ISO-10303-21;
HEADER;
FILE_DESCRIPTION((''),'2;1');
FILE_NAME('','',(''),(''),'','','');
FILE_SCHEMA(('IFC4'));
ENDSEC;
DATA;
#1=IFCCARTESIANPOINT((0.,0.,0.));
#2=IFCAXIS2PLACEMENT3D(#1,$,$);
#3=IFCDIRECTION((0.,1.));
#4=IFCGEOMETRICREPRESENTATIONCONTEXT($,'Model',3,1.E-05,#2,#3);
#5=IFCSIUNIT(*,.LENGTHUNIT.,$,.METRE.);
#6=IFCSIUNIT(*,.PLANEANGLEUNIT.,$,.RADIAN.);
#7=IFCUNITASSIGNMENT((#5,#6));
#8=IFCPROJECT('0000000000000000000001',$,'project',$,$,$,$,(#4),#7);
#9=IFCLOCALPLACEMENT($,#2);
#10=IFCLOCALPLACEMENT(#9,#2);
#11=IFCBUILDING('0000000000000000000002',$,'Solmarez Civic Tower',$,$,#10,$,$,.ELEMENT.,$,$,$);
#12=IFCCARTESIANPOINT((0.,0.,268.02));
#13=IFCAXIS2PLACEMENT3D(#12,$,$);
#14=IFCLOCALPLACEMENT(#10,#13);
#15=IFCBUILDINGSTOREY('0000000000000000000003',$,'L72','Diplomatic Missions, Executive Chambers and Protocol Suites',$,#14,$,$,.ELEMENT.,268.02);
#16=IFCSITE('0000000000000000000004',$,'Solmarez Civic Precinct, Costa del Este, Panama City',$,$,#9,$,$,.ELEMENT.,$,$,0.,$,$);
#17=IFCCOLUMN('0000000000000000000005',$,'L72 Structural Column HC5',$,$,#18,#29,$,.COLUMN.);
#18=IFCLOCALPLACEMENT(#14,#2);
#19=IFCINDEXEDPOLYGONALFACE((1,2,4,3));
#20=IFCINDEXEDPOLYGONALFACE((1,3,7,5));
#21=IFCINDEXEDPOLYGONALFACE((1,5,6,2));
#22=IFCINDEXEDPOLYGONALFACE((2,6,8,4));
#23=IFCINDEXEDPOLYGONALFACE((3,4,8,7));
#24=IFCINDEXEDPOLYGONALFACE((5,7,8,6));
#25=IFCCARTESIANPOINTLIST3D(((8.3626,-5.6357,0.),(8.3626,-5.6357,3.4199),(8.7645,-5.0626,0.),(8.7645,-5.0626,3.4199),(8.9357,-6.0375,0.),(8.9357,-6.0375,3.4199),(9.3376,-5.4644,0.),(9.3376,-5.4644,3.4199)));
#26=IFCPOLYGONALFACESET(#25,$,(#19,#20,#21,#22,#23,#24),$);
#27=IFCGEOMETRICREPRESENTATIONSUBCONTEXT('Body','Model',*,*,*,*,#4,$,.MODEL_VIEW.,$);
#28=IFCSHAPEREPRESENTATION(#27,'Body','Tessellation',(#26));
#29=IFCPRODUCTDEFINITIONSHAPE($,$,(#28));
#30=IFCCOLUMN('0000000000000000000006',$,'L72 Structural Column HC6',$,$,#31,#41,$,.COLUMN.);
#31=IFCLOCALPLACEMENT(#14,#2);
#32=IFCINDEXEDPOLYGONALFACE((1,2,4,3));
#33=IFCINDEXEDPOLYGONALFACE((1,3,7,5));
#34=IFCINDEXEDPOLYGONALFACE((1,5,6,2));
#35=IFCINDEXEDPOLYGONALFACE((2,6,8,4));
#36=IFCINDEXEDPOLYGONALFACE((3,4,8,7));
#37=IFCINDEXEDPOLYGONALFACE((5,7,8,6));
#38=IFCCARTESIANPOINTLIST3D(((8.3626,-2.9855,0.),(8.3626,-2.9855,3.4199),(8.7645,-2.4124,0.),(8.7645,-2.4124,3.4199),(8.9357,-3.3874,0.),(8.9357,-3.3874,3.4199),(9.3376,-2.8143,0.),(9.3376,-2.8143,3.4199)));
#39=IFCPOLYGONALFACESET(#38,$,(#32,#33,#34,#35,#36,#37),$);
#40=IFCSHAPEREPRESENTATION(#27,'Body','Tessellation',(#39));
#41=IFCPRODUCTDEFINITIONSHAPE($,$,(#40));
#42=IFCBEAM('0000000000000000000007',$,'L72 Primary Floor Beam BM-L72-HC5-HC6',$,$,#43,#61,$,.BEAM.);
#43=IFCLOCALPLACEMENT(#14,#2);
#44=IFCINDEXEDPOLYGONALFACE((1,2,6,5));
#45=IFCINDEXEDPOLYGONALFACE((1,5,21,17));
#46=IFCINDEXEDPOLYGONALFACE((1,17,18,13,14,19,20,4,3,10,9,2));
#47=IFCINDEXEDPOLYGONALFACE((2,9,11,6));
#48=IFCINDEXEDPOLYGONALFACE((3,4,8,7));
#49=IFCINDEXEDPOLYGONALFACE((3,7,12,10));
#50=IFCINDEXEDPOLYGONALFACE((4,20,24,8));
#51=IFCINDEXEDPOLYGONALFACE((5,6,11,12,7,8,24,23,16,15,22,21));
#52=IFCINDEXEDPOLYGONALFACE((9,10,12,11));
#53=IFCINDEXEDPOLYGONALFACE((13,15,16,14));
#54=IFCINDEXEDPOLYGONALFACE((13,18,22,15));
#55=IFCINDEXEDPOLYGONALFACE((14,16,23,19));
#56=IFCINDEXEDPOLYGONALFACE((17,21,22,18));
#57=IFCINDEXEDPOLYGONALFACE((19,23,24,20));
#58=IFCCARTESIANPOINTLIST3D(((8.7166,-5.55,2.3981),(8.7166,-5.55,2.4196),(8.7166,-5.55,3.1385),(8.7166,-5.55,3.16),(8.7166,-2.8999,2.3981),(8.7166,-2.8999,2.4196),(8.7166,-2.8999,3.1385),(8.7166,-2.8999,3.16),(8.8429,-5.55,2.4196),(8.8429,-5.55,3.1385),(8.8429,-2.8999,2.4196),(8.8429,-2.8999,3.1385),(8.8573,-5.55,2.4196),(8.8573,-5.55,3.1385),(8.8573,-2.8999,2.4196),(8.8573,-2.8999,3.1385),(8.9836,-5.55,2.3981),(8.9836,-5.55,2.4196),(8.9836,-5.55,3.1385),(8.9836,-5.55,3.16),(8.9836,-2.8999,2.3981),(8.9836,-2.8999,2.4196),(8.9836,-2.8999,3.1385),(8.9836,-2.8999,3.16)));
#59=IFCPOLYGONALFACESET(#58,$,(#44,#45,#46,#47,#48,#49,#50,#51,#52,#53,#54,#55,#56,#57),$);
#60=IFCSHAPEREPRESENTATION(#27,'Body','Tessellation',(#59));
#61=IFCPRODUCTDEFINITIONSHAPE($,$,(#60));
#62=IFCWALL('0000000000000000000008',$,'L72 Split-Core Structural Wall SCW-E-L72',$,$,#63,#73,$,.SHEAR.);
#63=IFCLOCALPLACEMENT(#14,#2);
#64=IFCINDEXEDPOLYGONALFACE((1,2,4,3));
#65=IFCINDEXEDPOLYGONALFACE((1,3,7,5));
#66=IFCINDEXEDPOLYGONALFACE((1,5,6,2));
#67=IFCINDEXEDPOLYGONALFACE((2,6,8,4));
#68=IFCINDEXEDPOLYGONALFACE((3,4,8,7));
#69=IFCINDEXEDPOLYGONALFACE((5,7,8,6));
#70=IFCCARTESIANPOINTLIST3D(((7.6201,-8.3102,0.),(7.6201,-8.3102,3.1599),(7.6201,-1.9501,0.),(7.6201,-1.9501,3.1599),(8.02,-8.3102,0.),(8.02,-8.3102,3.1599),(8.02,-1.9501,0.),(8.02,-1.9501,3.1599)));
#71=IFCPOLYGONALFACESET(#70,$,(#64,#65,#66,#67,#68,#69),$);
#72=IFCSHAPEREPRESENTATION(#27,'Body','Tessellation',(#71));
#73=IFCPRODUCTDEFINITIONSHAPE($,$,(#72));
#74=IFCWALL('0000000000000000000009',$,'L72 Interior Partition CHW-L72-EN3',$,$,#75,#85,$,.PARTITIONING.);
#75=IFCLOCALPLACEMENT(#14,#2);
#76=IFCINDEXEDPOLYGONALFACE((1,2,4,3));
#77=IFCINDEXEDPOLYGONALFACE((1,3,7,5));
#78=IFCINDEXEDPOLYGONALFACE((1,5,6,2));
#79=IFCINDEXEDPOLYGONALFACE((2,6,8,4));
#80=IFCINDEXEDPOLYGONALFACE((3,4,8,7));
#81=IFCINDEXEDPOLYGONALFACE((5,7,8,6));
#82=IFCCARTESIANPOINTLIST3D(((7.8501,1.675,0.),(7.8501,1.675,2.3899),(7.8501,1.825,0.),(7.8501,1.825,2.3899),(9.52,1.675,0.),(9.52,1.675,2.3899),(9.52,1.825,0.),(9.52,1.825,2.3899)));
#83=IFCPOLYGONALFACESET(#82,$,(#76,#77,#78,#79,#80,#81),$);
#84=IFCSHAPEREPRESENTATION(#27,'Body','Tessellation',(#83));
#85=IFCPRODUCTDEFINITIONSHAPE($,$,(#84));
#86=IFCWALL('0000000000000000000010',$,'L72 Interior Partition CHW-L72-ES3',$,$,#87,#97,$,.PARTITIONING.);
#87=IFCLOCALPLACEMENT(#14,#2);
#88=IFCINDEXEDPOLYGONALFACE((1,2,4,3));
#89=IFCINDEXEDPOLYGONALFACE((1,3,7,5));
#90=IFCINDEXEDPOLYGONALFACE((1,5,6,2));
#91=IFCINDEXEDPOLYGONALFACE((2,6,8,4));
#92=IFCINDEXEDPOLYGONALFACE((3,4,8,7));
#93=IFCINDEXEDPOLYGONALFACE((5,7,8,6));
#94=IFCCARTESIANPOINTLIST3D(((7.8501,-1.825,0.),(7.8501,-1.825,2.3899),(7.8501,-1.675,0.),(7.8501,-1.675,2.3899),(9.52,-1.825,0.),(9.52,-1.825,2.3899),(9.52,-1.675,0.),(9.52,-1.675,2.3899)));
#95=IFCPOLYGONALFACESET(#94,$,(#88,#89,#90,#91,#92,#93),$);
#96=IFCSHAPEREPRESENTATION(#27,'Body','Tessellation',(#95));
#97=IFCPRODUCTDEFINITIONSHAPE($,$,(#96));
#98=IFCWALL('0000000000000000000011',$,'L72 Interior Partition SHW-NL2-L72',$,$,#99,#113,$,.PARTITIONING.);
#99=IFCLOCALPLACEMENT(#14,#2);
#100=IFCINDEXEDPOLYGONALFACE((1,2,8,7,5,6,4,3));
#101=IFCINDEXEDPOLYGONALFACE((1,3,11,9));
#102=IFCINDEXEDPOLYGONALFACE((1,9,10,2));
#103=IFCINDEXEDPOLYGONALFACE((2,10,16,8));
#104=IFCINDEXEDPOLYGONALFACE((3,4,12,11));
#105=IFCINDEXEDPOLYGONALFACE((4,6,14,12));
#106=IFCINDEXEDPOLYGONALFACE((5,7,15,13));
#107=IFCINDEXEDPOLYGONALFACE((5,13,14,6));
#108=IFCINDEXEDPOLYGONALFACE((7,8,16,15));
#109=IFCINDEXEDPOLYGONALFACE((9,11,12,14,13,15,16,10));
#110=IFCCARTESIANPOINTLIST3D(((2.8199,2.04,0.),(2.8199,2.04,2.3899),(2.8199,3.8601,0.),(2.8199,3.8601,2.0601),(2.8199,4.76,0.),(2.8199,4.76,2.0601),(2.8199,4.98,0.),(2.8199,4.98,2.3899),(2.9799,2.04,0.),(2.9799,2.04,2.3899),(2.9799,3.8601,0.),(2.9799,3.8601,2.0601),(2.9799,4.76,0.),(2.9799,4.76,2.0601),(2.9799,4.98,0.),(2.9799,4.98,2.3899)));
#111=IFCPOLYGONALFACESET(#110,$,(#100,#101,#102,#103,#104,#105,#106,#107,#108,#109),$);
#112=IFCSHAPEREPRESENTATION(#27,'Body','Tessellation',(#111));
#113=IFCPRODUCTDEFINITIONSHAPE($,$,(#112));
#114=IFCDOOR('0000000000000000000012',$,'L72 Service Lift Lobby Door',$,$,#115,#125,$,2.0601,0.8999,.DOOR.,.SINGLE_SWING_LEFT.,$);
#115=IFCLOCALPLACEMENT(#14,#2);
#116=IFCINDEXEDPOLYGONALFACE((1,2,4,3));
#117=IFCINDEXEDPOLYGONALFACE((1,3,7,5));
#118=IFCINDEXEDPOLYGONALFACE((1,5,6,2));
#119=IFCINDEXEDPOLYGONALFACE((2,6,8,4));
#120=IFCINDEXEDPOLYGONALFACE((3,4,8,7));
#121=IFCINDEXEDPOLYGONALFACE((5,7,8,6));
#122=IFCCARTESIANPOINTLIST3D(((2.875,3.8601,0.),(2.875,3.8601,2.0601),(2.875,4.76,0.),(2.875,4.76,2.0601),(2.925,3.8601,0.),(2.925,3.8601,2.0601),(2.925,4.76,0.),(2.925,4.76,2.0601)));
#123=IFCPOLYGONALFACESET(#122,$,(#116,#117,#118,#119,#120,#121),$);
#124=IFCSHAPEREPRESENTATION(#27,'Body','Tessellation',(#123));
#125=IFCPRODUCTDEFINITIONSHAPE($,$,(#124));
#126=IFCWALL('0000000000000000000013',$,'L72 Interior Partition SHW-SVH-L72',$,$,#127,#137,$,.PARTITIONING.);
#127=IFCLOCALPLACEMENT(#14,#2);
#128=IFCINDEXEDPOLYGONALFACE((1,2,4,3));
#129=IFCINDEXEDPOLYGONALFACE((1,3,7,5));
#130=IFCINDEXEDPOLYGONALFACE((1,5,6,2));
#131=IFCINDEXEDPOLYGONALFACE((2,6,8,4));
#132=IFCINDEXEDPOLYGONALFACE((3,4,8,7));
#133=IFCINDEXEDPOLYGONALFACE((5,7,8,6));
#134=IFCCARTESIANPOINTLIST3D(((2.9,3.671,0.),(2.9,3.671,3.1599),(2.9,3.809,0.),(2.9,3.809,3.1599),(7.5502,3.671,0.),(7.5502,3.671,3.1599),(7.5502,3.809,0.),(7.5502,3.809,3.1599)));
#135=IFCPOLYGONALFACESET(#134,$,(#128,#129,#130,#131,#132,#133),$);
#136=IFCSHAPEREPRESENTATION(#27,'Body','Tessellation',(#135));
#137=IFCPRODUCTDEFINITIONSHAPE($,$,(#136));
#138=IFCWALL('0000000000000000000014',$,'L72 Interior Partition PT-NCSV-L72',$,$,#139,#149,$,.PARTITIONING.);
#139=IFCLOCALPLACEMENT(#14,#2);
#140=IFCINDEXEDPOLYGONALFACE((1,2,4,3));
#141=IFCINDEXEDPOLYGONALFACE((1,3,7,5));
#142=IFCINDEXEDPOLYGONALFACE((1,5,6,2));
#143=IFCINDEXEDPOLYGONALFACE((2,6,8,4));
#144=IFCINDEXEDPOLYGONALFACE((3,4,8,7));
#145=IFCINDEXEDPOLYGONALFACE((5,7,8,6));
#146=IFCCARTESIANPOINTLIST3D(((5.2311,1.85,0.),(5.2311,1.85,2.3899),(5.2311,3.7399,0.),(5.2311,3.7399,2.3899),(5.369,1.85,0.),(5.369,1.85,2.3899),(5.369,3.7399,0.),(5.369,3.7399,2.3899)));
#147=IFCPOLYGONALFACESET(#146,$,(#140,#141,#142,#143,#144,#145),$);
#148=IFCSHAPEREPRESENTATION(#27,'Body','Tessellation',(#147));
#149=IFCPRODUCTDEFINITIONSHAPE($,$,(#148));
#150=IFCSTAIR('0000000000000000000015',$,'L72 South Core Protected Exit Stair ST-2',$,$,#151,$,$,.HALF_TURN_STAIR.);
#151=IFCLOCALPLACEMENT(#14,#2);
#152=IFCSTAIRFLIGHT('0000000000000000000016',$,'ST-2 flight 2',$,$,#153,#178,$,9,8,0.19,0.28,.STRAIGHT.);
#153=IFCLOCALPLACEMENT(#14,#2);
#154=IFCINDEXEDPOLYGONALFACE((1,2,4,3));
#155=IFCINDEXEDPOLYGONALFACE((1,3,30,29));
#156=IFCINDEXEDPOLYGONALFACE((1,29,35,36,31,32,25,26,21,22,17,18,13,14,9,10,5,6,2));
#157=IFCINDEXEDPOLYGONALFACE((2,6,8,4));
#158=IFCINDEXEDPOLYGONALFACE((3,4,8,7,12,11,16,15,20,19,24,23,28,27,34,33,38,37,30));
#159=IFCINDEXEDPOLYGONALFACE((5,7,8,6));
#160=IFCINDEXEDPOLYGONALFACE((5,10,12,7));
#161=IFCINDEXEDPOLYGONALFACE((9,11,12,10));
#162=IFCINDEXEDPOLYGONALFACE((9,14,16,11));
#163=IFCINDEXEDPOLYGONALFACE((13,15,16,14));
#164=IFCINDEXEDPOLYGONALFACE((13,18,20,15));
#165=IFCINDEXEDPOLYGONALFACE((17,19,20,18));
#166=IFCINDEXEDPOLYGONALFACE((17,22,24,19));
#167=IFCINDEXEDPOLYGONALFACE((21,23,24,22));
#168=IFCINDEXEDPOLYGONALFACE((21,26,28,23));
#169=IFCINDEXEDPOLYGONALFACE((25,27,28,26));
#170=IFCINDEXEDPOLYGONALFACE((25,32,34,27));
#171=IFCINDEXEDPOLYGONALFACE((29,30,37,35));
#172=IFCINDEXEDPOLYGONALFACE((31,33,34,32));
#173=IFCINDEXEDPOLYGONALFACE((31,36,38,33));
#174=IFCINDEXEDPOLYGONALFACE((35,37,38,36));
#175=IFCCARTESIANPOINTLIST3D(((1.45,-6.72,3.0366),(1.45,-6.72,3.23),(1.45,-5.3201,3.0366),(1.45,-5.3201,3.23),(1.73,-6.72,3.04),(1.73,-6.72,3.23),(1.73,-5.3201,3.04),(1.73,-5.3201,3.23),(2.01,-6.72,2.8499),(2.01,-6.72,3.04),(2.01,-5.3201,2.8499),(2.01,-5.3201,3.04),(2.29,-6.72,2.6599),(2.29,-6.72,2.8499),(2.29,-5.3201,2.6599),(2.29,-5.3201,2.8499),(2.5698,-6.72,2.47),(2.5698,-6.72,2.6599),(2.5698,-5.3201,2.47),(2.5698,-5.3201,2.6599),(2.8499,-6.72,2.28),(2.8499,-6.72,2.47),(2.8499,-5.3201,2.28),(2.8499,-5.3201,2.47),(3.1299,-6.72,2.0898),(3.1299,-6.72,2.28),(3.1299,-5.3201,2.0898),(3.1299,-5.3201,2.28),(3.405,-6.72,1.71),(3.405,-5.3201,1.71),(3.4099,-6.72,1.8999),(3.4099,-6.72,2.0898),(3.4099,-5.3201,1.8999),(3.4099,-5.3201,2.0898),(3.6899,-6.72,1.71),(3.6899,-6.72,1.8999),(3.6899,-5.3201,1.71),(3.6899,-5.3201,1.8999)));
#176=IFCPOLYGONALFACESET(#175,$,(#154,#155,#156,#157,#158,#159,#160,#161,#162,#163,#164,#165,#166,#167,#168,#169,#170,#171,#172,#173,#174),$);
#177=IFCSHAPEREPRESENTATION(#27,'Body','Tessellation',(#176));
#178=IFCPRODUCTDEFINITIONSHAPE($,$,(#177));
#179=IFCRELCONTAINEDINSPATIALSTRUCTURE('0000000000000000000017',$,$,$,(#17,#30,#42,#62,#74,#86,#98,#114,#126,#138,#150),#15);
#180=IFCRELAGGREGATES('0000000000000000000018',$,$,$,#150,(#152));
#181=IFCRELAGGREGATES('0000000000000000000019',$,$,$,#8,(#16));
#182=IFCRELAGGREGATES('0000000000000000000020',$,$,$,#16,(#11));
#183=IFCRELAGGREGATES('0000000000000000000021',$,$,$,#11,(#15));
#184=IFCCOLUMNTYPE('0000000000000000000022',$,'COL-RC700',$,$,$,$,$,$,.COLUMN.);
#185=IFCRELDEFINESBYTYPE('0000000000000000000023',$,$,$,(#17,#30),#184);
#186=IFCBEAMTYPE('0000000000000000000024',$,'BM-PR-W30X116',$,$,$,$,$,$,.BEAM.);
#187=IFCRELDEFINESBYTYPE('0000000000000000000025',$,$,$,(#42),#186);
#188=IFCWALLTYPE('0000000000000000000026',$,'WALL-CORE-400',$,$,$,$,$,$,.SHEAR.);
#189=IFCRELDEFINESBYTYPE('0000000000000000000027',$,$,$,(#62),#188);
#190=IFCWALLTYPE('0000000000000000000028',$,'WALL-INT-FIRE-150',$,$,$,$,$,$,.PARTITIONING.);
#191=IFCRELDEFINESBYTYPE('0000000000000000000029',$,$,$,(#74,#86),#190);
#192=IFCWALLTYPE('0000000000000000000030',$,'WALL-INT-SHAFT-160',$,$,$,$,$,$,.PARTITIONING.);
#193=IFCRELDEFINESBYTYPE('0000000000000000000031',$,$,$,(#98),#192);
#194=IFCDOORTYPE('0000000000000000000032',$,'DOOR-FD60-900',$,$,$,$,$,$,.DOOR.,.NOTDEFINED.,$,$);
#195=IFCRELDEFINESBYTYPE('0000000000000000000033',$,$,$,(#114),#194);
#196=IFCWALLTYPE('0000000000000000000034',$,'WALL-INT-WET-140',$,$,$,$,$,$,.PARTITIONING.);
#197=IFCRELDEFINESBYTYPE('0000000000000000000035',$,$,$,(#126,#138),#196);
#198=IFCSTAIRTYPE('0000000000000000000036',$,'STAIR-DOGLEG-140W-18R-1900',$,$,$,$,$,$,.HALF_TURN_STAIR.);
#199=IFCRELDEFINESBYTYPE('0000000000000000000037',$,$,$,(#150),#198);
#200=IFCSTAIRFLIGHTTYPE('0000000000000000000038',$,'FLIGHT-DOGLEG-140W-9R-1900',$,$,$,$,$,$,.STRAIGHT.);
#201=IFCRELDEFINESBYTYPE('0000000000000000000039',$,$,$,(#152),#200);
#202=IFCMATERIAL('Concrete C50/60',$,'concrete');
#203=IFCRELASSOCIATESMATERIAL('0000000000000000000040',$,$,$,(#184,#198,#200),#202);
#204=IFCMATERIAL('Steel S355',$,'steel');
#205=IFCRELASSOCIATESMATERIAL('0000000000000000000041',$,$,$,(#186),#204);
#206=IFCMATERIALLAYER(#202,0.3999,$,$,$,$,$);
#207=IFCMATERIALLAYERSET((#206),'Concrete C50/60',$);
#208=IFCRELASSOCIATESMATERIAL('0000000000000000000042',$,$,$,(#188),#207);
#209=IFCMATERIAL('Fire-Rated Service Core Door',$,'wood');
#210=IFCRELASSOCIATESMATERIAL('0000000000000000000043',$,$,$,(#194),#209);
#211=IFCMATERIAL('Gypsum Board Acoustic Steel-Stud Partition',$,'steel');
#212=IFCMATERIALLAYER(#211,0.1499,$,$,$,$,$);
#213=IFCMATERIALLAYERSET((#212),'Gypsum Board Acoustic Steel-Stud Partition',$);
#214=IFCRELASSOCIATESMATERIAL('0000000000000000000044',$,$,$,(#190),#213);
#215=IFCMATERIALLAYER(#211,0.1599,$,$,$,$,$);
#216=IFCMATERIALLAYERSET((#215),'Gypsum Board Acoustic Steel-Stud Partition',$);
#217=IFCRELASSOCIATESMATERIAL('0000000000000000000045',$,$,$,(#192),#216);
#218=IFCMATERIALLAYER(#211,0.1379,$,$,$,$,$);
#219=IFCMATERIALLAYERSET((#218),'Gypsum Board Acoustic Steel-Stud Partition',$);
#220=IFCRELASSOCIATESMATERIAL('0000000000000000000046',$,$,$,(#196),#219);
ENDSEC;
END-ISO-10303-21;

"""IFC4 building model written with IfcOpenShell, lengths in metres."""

from ifc_helpers import new_model, si_unit, direction, frame, frame_2d, origin, origin_2d, place, context, subcontext, project, spatial, polyline, rectangle, i_section, outline, extrude, material, layer, layer_set, material_profile, profile_set, type_object, element, fill, aggregate, save


model = new_model("IFC4")

# Units and contexts
model_context = context("Model", 3, precision=1e-05, world=origin(), true_north=direction((0.0, 1.0)))
body_context = subcontext(model_context, "Body", "Model", "MODEL_VIEW")
ifc_project = project(units=[si_unit("LENGTHUNIT", "METRE"), si_unit("PLANEANGLEUNIT", "RADIAN")], contexts=[model_context])

# Site, building, storey
site_placement = place(None, origin())
site = spatial("IfcSite", under=ifc_project, at=site_placement, Name="Solmarez Civic Precinct, Costa del Este, Panama City", CompositionType="ELEMENT", RefElevation=0.0)
building_placement = place(site_placement, origin())
building = spatial("IfcBuilding", under=site, at=building_placement, Name="Solmarez Civic Tower", CompositionType="ELEMENT")
storey_placement = place(building_placement, frame((0.0, 0.0, 268.02)))
storey = spatial("IfcBuildingStorey", under=building, at=storey_placement, Name="L72", Description="Diplomatic Missions, Executive Chambers and Protocol Suites", CompositionType="ELEMENT", Elevation=268.02)

# Columns
ifc_material_1 = material(Name="Concrete C50/60", Category="concrete")
ifc_material_profile_1 = material_profile(ifc_material_1, rectangle(XDim=0.7, YDim=0.7, at=origin_2d()), Name="RC700X700")
ifc_profile_set_1 = profile_set([ifc_material_profile_1], Name="Concrete C50/60")
column_type = type_object("IfcColumnType", Name="COL-RC700", PredefinedType="COLUMN", material=ifc_profile_set_1)
for number, where, z_axis, x_axis, name in (
    (1, (8.8501, -5.55, 0.0), (0.0, 0.0, 1.0), (0.574148, 0.818751, 0.0), "L72 Structural Column HC5"),
    (2, (8.8501, -2.8999, 0.0), (0.0, 0.0, 1.0), (0.574148, 0.818751, 0.0), "L72 Structural Column HC6"),
):
    element("IfcColumn", number, at=place(storey_placement, frame(where, z_axis=z_axis, x_axis=x_axis)), inside=storey, type_object=column_type, Name=name, PredefinedType="COLUMN", context=body_context, shape_type="SweptSolid", body=[
        extrude(rectangle(XDim=0.7, YDim=0.7, at=origin_2d()), origin(), (0.0, 0.0, 1.0), 3.4199),
    ])

# Beam
ifc_material_2 = material(Name="Steel S355", Category="steel")
ifc_material_profile_2 = material_profile(ifc_material_2, i_section(OverallWidth=0.2671, OverallDepth=0.762, WebThickness=0.0144, FlangeThickness=0.0215, at=origin_2d()), Name="W30X116")
ifc_profile_set_2 = profile_set([ifc_material_profile_2], Name="Steel S355")
beam_type = type_object("IfcBeamType", Name="BM-PR-W30X116", PredefinedType="BEAM", material=ifc_profile_set_2)
beam_placement = place(storey_placement, frame((8.8501, -5.55, 2.7791), z_axis=(0.0, 1.0, 0.0), x_axis=(-1.0, 0.0, 0.0)))
element("IfcBeam", 3, at=beam_placement, inside=storey, type_object=beam_type, Name="L72 Primary Floor Beam BM-L72-HC5-HC6", PredefinedType="BEAM", context=body_context, shape_type="SweptSolid", body=[
    extrude(i_section(OverallWidth=0.2671, OverallDepth=0.762, WebThickness=0.0144, FlangeThickness=0.0215, at=origin_2d()), origin(), (0.0, 0.0, 1.0), 2.6501),
])

# Shared definitions
ifc_layer_1 = layer(ifc_material_1, 0.3999)
ifc_layer_set_1 = layer_set([ifc_layer_1], Name="Concrete C50/60")
wall_type_1 = type_object("IfcWallType", Name="WALL-CORE-400", PredefinedType="SHEAR", material=ifc_layer_set_1)
ifc_material_3 = material(Name="Fire-Rated Service Core Door", Category="wood")
door_type_1 = type_object("IfcDoorType", Name="DOOR-FD60-900", OperationType="NOTDEFINED", PredefinedType="DOOR", material=ifc_material_3)

# Walls
wall_1_placement = place(storey_placement, frame((7.8201, -1.95, 0.0), z_axis=(0.0, 0.0, 1.0), x_axis=(0.0, -1.0, 0.0)))
element("IfcWall", 4, at=wall_1_placement, inside=storey, type_object=wall_type_1, Name="L72 Split-Core Structural Wall SCW-E-L72", PredefinedType="SHEAR", context=body_context, shape_type="SweptSolid", body=[
    extrude(rectangle(XDim=6.3601, YDim=0.3999, at=frame_2d((3.1802, 0.0))), origin(), (0.0, 0.0, 1.0), 3.1599),
])
ifc_material_4 = material(Name="Gypsum Board Acoustic Steel-Stud Partition", Category="steel")
ifc_layer_2 = layer(ifc_material_4, 0.1499)
ifc_layer_set_2 = layer_set([ifc_layer_2], Name="Gypsum Board Acoustic Steel-Stud Partition")
wall_type_2 = type_object("IfcWallType", Name="WALL-INT-FIRE-150", PredefinedType="PARTITIONING", material=ifc_layer_set_2)
for number, where, z_axis, x_axis, name in (
    (5, (7.8501, 1.75, 0.0), (0.0, 0.0, 1.0), (1.0, 0.0, 0.0), "L72 Interior Partition CHW-L72-EN3"),
    (6, (7.8501, -1.75, 0.0), (0.0, 0.0, 1.0), (1.0, 0.0, 0.0), "L72 Interior Partition CHW-L72-ES3"),
):
    element("IfcWall", number, at=place(storey_placement, frame(where, z_axis=z_axis, x_axis=x_axis)), inside=storey, type_object=wall_type_2, Name=name, PredefinedType="PARTITIONING", context=body_context, shape_type="SweptSolid", body=[
        extrude(rectangle(XDim=1.6699, YDim=0.1499, at=frame_2d((0.835, 0.0))), origin(), (0.0, 0.0, 1.0), 2.3899),
    ])

# Wall, opening, door
ifc_layer_3 = layer(ifc_material_4, 0.1599)
ifc_layer_set_3 = layer_set([ifc_layer_3], Name="Gypsum Board Acoustic Steel-Stud Partition")
wall_type_3 = type_object("IfcWallType", Name="WALL-INT-SHAFT-160", PredefinedType="PARTITIONING", material=ifc_layer_set_3)
wall_2_placement = place(storey_placement, frame((2.8999, 2.04, 0.0), z_axis=(0.0, 0.0, 1.0), x_axis=(0.0, 1.0, 0.0)))
wall_2 = element("IfcWall", 7, at=wall_2_placement, inside=storey, type_object=wall_type_3, Name="L72 Interior Partition SHW-NL2-L72", PredefinedType="PARTITIONING", context=body_context, shape_type="SweptSolid", body=[
    extrude(rectangle(XDim=2.9399, YDim=0.1599, at=frame_2d((1.47, 0.0))), origin(), (0.0, 0.0, 1.0), 2.3899),
])
opening_1_placement = place(wall_2_placement, frame((1.8201, 0.0, 0.0)))
opening_1 = element("IfcOpeningElement", 8, at=opening_1_placement, cuts=wall_2, PredefinedType="OPENING", context=body_context, shape_type="SweptSolid", body=[
    extrude(rectangle(XDim=0.8999, YDim=2.0601, at=frame_2d((0.45, 1.03))), frame((0.0, 0.0898, 0.0), z_axis=(0.0, -1.0, 0.0), x_axis=(1.0, 0.0, 0.0)), (0.0, 0.0, 1.0), 0.1799),
])
door_1_placement = place(opening_1_placement, origin())
door_1 = element("IfcDoor", 9, at=door_1_placement, inside=storey, type_object=door_type_1, Name="L72 Service Lift Lobby Door", OperationType="SINGLE_SWING_LEFT", OverallHeight=2.0601, OverallWidth=0.8999, PredefinedType="DOOR", context=body_context, shape_type="SweptSolid", body=[
    extrude(rectangle(XDim=0.8999, YDim=2.0601, at=frame_2d((0.45, 1.03))), frame((0.0, 0.0249, 0.0), z_axis=(0.0, -1.0, 0.0), x_axis=(1.0, 0.0, 0.0)), (0.0, 0.0, 1.0), 0.05),
])
fill(opening_1, door_1)

# Walls
ifc_layer_4 = layer(ifc_material_4, 0.1379)
ifc_layer_set_4 = layer_set([ifc_layer_4], Name="Gypsum Board Acoustic Steel-Stud Partition")
wall_type_4 = type_object("IfcWallType", Name="WALL-INT-WET-140", PredefinedType="PARTITIONING", material=ifc_layer_set_4)
wall_3_placement = place(storey_placement, frame((2.8999, 3.74, 0.0), z_axis=(0.0, 0.0, 1.0), x_axis=(1.0, 0.0, 0.0)))
element("IfcWall", 10, at=wall_3_placement, inside=storey, type_object=wall_type_4, Name="L72 Interior Partition SHW-SVH-L72", PredefinedType="PARTITIONING", context=body_context, shape_type="SweptSolid", body=[
    extrude(rectangle(XDim=4.6501, YDim=0.1379, at=frame_2d((2.3252, 0.0))), origin(), (0.0, 0.0, 1.0), 3.1599),
])
wall_4_placement = place(storey_placement, frame((5.3, 1.8501, 0.0), z_axis=(0.0, 0.0, 1.0), x_axis=(0.0, 1.0, 0.0)))
element("IfcWall", 11, at=wall_4_placement, inside=storey, type_object=wall_type_4, Name="L72 Interior Partition PT-NCSV-L72", PredefinedType="PARTITIONING", context=body_context, shape_type="SweptSolid", body=[
    extrude(rectangle(XDim=1.8899, YDim=0.1379, at=frame_2d((0.9448, 0.0))), origin(), (0.0, 0.0, 1.0), 2.3899),
])

# Stair, stair flight
stair_type = type_object("IfcStairType", Name="STAIR-DOGLEG-140W-18R-1900", PredefinedType="HALF_TURN_STAIR", material=ifc_material_1)
stair_placement = place(storey_placement, origin())
stair = element("IfcStair", 12, at=stair_placement, inside=storey, type_object=stair_type, Name="L72 South Core Protected Exit Stair ST-2", PredefinedType="HALF_TURN_STAIR")
stair_flight_type = type_object("IfcStairFlightType", Name="FLIGHT-DOGLEG-140W-9R-1900", PredefinedType="STRAIGHT", material=ifc_material_1)
stair_flight_placement = place(storey_placement, frame((3.6899, -6.02, 1.71), z_axis=(0.0, 0.0, 1.0), x_axis=(-1.0, 0.0, 0.0)))
stair_flight = element("IfcStairFlight", 13, at=stair_flight_placement, type_object=stair_flight_type, Name="ST-2 flight 2", NumberOfRisers=9, NumberOfTreads=8, PredefinedType="STRAIGHT", RiserHeight=0.19, TreadLength=0.28, context=body_context, shape_type="SweptSolid", body=[
    extrude(outline(polyline([(0.0, 0.0), (0.0, 0.1899), (0.28, 0.1899), (0.28, 0.3799), (0.5601, 0.3799), (0.5601, 0.5701), (0.8401, 0.5701), (0.8401, 0.76), (1.1201, 0.76), (1.1201, 0.95), (1.3999, 0.95), (1.3999, 1.1399), (1.6799, 1.1399), (1.6799, 1.3301), (1.96, 1.3301), (1.96, 1.52), (2.24, 1.52), (2.24, 1.71), (2.24, 1.3267), (0.2849, 0.0), (0.0, 0.0)])), frame((0.0, 0.7, 0.0), z_axis=(0.0, -1.0, 0.0), x_axis=(1.0, 0.0, 0.0)), (0.0, 0.0, 1.0), 1.3999),
])
aggregate(stair, [stair_flight])

save(model, "model.ifc")
